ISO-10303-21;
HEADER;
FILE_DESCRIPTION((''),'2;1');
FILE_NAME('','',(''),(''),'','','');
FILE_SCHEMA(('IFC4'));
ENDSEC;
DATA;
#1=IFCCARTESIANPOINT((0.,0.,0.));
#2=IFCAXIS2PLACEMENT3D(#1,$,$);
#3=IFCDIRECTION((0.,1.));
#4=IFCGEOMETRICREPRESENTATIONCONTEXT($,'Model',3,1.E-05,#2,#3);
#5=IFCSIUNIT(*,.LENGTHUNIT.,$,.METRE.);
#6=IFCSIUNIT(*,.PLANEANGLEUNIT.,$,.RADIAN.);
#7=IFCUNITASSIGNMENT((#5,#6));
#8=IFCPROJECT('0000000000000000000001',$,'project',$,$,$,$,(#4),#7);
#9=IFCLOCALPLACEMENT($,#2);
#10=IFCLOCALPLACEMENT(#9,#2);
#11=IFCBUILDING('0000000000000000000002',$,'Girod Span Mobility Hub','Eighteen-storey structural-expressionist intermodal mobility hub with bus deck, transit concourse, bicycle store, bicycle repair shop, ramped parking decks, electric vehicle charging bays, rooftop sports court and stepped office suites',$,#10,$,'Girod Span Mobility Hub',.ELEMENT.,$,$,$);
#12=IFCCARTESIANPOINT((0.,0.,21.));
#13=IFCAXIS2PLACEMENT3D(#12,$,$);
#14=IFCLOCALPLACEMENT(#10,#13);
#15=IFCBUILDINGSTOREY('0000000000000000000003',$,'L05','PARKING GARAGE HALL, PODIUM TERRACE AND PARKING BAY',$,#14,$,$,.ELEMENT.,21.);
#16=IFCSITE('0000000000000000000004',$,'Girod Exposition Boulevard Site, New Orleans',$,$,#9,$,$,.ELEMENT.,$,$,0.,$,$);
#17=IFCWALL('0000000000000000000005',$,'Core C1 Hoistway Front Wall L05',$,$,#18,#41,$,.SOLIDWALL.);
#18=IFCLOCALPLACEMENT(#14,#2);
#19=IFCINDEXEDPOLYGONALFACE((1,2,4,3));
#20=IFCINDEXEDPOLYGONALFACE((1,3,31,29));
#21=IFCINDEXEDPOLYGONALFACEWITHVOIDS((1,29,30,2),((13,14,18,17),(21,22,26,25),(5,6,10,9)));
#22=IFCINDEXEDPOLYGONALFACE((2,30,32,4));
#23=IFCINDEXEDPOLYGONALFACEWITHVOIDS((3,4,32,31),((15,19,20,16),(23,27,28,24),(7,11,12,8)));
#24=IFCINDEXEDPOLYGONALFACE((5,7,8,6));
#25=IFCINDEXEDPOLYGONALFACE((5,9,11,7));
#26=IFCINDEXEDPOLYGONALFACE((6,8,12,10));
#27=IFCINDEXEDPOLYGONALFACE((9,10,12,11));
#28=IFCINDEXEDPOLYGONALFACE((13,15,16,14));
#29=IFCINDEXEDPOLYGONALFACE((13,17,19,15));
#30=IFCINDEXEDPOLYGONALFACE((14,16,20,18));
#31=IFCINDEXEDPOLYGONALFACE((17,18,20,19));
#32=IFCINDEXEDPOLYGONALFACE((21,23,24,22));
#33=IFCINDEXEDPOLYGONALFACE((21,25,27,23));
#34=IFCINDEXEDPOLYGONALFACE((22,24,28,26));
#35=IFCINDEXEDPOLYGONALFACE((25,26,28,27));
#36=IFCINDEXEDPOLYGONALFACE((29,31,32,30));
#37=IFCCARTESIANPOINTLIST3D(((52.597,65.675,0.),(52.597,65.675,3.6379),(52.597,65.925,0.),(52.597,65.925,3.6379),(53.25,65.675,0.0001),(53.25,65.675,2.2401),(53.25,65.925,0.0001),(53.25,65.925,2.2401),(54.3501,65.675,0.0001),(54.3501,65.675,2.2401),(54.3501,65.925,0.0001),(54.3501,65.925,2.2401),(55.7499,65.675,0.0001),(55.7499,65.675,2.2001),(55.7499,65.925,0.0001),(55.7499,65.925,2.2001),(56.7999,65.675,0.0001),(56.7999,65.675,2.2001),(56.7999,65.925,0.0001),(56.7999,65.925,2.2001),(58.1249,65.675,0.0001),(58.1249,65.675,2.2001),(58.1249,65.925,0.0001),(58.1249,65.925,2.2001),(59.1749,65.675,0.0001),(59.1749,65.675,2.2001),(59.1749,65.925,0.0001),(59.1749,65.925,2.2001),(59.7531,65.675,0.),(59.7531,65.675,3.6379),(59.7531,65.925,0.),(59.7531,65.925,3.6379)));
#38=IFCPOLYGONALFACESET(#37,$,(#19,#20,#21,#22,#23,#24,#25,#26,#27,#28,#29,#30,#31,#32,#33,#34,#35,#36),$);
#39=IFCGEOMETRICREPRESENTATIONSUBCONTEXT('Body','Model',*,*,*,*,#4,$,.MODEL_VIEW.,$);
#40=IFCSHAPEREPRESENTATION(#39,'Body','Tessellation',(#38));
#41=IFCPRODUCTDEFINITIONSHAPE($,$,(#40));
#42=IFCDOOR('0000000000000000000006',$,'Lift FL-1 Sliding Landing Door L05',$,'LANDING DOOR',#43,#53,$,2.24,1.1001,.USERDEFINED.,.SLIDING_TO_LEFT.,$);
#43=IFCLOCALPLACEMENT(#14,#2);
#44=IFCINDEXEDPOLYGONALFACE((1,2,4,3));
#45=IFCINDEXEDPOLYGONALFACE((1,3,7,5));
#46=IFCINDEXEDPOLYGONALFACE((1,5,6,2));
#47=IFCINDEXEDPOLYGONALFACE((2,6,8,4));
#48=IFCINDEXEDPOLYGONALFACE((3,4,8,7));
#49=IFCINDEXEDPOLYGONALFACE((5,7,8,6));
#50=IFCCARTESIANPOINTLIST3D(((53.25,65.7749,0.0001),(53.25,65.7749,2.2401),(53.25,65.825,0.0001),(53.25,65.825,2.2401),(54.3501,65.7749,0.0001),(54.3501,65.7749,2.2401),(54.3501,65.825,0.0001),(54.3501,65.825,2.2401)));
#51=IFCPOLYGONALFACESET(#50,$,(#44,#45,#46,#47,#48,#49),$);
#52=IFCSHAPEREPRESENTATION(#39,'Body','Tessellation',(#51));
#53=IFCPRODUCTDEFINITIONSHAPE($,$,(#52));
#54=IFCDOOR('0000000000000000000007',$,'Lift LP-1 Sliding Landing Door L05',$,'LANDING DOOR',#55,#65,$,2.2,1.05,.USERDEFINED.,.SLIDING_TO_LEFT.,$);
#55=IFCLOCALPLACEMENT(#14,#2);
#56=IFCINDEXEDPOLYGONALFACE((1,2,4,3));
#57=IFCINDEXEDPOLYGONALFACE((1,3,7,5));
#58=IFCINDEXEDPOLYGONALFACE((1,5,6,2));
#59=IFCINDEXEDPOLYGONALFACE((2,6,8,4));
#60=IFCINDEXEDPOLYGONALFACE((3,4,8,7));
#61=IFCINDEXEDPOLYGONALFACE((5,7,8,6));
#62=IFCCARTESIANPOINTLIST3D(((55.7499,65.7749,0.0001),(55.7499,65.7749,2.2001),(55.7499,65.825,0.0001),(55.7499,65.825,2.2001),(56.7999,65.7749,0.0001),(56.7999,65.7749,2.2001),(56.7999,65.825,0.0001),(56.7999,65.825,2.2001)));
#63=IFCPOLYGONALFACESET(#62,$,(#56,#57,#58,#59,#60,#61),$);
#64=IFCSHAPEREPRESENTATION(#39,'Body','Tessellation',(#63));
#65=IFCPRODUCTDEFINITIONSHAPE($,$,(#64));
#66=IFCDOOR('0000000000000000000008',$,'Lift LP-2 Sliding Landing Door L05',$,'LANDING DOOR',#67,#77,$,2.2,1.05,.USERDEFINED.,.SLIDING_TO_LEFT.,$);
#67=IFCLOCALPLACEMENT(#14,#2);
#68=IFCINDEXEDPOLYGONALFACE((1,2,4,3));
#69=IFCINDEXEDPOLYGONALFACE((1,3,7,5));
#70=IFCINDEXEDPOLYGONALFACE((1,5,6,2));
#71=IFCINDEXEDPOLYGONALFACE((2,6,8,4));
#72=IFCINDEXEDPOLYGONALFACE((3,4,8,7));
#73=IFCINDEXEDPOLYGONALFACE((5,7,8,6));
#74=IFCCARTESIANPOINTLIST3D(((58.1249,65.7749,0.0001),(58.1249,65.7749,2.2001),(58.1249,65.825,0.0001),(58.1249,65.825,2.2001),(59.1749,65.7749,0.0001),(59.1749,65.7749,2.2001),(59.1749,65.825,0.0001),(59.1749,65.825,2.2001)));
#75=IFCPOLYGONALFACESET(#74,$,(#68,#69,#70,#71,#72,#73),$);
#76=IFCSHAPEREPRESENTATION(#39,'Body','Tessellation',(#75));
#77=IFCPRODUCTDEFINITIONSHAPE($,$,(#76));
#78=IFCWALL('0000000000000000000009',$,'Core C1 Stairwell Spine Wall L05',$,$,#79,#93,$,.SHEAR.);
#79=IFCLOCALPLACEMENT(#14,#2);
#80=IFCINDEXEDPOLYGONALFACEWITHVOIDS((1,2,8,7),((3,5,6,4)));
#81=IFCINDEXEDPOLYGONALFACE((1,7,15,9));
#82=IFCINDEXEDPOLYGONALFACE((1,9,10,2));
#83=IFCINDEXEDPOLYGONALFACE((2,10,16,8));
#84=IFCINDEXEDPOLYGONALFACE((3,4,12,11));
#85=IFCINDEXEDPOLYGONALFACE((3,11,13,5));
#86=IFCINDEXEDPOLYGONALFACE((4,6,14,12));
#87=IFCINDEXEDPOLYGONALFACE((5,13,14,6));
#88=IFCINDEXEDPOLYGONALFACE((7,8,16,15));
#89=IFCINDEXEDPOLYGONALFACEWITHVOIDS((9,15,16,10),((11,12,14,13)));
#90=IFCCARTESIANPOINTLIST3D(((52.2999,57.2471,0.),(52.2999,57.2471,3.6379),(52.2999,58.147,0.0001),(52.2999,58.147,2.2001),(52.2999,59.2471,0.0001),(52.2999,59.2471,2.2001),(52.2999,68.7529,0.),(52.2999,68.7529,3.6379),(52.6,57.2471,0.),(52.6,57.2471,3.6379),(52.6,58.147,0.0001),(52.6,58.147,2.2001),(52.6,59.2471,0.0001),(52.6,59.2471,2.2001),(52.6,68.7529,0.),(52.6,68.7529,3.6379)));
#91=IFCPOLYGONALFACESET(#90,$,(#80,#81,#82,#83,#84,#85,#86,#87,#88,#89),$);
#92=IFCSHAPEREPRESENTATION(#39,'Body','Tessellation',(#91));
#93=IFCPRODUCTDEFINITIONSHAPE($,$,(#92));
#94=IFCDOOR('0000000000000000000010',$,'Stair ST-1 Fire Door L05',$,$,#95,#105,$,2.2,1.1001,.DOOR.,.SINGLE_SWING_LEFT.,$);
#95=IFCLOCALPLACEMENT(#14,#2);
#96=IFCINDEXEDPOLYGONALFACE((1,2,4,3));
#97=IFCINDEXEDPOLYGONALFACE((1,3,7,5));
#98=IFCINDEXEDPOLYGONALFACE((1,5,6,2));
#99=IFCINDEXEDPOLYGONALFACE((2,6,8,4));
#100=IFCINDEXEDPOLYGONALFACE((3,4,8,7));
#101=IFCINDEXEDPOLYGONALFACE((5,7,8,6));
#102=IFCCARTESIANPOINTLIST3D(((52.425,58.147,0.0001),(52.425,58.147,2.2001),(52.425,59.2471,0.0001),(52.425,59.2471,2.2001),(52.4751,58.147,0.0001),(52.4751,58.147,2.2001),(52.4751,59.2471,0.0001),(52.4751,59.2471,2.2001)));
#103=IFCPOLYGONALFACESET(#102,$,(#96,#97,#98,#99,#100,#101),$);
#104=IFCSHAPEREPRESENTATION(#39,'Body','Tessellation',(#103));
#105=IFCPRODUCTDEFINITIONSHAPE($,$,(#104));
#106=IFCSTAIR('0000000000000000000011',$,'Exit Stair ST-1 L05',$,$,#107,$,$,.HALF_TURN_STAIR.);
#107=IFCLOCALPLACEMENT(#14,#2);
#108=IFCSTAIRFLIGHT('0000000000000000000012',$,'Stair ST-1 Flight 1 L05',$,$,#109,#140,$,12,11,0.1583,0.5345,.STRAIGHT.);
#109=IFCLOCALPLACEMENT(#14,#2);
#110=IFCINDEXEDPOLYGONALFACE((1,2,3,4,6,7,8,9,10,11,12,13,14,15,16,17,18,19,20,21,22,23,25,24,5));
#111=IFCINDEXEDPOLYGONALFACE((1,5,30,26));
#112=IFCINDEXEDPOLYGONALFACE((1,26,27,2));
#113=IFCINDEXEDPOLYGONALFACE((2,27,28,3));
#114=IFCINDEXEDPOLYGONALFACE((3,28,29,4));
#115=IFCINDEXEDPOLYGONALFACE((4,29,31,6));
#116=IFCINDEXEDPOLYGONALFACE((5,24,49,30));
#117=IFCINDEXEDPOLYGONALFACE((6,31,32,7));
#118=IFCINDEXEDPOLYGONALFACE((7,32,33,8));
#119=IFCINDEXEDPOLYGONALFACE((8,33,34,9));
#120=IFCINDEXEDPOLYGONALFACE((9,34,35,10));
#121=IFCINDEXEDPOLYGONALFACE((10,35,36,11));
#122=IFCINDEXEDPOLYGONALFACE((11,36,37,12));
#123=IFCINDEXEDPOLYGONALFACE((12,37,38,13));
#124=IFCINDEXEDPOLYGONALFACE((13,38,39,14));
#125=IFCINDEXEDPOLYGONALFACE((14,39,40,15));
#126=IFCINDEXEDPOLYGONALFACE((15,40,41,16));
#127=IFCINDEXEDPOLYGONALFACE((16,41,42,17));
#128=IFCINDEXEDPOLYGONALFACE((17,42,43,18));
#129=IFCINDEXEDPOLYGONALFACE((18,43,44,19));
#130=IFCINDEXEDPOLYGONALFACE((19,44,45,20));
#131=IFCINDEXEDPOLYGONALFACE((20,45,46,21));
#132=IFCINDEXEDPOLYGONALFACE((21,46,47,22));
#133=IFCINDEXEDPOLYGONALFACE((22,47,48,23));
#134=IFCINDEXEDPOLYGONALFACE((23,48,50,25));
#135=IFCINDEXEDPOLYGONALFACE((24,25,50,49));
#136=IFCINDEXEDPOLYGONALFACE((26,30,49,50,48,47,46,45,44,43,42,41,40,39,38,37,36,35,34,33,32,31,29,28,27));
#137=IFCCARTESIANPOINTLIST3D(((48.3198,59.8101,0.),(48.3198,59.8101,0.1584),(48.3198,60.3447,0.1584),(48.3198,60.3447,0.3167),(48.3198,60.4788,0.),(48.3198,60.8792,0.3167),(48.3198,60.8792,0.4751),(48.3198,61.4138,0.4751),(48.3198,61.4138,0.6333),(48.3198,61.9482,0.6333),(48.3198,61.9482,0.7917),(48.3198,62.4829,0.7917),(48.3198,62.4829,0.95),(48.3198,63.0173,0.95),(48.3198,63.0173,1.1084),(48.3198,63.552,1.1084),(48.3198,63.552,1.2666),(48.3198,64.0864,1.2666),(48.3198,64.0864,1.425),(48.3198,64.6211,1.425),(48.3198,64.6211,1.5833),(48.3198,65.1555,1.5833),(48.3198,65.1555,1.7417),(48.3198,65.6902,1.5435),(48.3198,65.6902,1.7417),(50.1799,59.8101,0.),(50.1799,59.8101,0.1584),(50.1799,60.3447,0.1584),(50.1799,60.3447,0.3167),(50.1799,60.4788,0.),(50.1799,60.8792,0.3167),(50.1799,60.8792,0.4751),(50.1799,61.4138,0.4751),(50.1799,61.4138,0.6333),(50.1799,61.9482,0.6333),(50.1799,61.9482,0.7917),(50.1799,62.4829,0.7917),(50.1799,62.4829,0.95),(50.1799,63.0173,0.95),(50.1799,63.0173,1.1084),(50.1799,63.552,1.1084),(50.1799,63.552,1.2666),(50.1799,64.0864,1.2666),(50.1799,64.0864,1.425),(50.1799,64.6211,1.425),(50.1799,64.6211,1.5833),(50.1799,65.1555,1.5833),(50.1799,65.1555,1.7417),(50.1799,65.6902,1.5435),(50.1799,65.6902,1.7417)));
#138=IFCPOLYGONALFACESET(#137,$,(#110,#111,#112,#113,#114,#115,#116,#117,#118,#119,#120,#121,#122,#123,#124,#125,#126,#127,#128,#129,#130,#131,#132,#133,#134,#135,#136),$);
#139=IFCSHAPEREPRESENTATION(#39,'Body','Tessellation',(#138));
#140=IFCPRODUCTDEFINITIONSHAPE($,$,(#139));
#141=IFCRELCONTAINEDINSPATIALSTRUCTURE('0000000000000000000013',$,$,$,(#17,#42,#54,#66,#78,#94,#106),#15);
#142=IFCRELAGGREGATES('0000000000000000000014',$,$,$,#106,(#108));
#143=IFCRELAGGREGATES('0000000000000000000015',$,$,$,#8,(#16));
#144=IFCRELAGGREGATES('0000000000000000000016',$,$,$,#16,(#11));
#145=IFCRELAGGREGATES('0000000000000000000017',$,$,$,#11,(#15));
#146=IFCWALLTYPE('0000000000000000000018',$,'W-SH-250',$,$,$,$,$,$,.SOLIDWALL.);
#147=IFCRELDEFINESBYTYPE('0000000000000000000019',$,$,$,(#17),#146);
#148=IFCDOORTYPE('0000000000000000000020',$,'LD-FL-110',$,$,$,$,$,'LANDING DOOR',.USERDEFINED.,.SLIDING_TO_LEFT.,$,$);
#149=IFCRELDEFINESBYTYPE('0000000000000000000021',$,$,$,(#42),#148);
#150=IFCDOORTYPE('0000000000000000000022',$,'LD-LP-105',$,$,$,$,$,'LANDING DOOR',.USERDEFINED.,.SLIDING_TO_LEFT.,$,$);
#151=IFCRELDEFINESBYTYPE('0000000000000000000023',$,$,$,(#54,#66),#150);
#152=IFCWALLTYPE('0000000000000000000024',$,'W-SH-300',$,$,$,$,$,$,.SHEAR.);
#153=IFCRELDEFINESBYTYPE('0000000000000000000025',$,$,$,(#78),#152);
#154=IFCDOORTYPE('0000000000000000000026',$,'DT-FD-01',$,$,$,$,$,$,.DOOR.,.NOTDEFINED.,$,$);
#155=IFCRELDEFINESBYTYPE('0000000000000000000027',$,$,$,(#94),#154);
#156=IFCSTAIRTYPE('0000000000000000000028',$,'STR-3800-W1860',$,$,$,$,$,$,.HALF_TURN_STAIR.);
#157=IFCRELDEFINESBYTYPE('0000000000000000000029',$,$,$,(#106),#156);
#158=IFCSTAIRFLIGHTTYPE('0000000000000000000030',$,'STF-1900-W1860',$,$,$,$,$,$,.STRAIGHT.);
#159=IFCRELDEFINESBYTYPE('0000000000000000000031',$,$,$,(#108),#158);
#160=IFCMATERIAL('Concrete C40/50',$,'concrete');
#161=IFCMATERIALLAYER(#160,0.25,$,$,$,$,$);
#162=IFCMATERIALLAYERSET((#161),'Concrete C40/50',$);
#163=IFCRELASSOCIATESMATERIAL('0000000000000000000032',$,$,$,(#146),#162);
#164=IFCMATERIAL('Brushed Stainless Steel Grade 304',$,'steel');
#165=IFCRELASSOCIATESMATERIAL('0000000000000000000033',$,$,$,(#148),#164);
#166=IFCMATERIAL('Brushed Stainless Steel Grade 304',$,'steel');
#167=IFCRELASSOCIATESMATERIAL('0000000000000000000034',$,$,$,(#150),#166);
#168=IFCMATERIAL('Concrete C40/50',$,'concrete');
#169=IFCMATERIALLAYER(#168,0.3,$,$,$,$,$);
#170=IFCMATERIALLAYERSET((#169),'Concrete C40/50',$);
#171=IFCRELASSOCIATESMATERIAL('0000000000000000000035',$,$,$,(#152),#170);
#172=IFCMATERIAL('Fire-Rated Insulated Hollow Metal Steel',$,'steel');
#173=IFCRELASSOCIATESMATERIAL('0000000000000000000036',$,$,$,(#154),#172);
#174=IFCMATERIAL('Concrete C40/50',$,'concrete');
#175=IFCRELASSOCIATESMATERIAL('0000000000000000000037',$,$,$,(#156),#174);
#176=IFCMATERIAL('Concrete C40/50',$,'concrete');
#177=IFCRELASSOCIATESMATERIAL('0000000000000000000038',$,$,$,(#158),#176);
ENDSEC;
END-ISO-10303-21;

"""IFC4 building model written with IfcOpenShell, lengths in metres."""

from ifc_helpers import new_model, si_unit, direction, frame, frame_2d, origin, place, context, subcontext, project, spatial, polyline, rectangle, outline, extrude, material, layer, layer_set, type_object, element, fill, aggregate, save


model = new_model("IFC4")

# Units and contexts
model_context = context("Model", 3, precision=1e-05, world=origin(), true_north=direction((0.0, 1.0)))
body_context = subcontext(model_context, "Body", "Model", "MODEL_VIEW")
ifc_project = project(units=[si_unit("LENGTHUNIT", "METRE"), si_unit("PLANEANGLEUNIT", "RADIAN")], contexts=[model_context])

# Site, building, storey
site_placement = place(None, origin())
site = spatial("IfcSite", under=ifc_project, at=site_placement, Name="Girod Exposition Boulevard Site, New Orleans", CompositionType="ELEMENT", RefElevation=0.0)
building_placement = place(site_placement, origin())
building = spatial("IfcBuilding", under=site, at=building_placement, Name="Girod Span Mobility Hub", Description="Eighteen-storey structural-expressionist intermodal mobility hub with bus deck, transit concourse, bicycle store, bicycle repair shop, ramped parking decks, electric vehicle charging bays, rooftop sports court and stepped office suites", LongName="Girod Span Mobility Hub", CompositionType="ELEMENT")
storey_placement = place(building_placement, frame((0.0, 0.0, 21.0)))
storey = spatial("IfcBuildingStorey", under=building, at=storey_placement, Name="L05", Description="PARKING GARAGE HALL, PODIUM TERRACE AND PARKING BAY", CompositionType="ELEMENT", Elevation=21.0)

# Wall, openings, doors
ifc_material_1 = material(Name="Concrete C40/50", Category="concrete")
ifc_layer_1 = layer(ifc_material_1, 0.25)
ifc_layer_set_1 = layer_set([ifc_layer_1], Name="Concrete C40/50")
wall_type_1 = type_object("IfcWallType", Name="W-SH-250", PredefinedType="SOLIDWALL", material=ifc_layer_set_1)
wall_1_placement = place(storey_placement, frame((52.5969, 65.8, 0.0), z_axis=(0.0, 0.0, 1.0), x_axis=(1.0, 0.0, 0.0)))
wall_1 = element("IfcWall", 1, at=wall_1_placement, inside=storey, type_object=wall_type_1, Name="Core C1 Hoistway Front Wall L05", PredefinedType="SOLIDWALL", context=body_context, shape_type="SweptSolid", body=[
    extrude(rectangle(XDim=7.156, YDim=0.25, at=frame_2d((3.5781, 0.0))), origin(), (0.0, 0.0, 1.0), 3.6379),
])
opening_1_placement = place(wall_1_placement, frame((0.6531, 0.0, 0.0)))
opening_1 = element("IfcOpeningElement", 2, at=opening_1_placement, cuts=wall_1, PredefinedType="OPENING", context=body_context, shape_type="SweptSolid", body=[
    extrude(rectangle(XDim=1.1001, YDim=2.24, at=frame_2d((0.55, 1.1201))), frame((0.0, 0.1399, 0.0), z_axis=(0.0, -1.0, 0.0), x_axis=(1.0, 0.0, 0.0)), (0.0, 0.0, 1.0), 0.28),
])
opening_2_placement = place(wall_1_placement, frame((3.1531, 0.0, 0.0)))
opening_2 = element("IfcOpeningElement", 3, at=opening_2_placement, cuts=wall_1, PredefinedType="OPENING", context=body_context, shape_type="SweptSolid", body=[
    extrude(rectangle(XDim=1.05, YDim=2.2, at=frame_2d((0.5249, 1.1001))), frame((0.0, 0.1399, 0.0), z_axis=(0.0, -1.0, 0.0), x_axis=(1.0, 0.0, 0.0)), (0.0, 0.0, 1.0), 0.28),
])
opening_3_placement = place(wall_1_placement, frame((5.5281, 0.0, 0.0)))
opening_3 = element("IfcOpeningElement", 4, at=opening_3_placement, cuts=wall_1, PredefinedType="OPENING", context=body_context, shape_type="SweptSolid", body=[
    extrude(rectangle(XDim=1.05, YDim=2.2, at=frame_2d((0.5249, 1.1001))), frame((0.0, 0.1399, 0.0), z_axis=(0.0, -1.0, 0.0), x_axis=(1.0, 0.0, 0.0)), (0.0, 0.0, 1.0), 0.28),
])
ifc_material_2 = material(Name="Brushed Stainless Steel Grade 304", Category="steel")
door_type_1 = type_object("IfcDoorType", Name="LD-FL-110", ElementType="LANDING DOOR", OperationType="SLIDING_TO_LEFT", PredefinedType="USERDEFINED", material=ifc_material_2)
door_1_placement = place(opening_1_placement, origin())
door_1 = element("IfcDoor", 5, at=door_1_placement, inside=storey, type_object=door_type_1, Name="Lift FL-1 Sliding Landing Door L05", ObjectType="LANDING DOOR", OperationType="SLIDING_TO_LEFT", OverallHeight=2.24, OverallWidth=1.1001, PredefinedType="USERDEFINED", context=body_context, shape_type="SweptSolid", body=[
    extrude(rectangle(XDim=1.1001, YDim=2.24, at=frame_2d((0.55, 1.1201))), frame((0.0, 0.0249, 0.0), z_axis=(0.0, -1.0, 0.0), x_axis=(1.0, 0.0, 0.0)), (0.0, 0.0, 1.0), 0.05),
])
fill(opening_1, door_1)
ifc_material_3 = material(Name="Brushed Stainless Steel Grade 304", Category="steel")
door_type_2 = type_object("IfcDoorType", Name="LD-LP-105", ElementType="LANDING DOOR", OperationType="SLIDING_TO_LEFT", PredefinedType="USERDEFINED", material=ifc_material_3)
door_2_placement = place(opening_2_placement, origin())
door_2 = element("IfcDoor", 6, at=door_2_placement, inside=storey, type_object=door_type_2, Name="Lift LP-1 Sliding Landing Door L05", ObjectType="LANDING DOOR", OperationType="SLIDING_TO_LEFT", OverallHeight=2.2, OverallWidth=1.05, PredefinedType="USERDEFINED", context=body_context, shape_type="SweptSolid", body=[
    extrude(rectangle(XDim=1.05, YDim=2.2, at=frame_2d((0.5249, 1.1001))), frame((0.0, 0.0249, 0.0), z_axis=(0.0, -1.0, 0.0), x_axis=(1.0, 0.0, 0.0)), (0.0, 0.0, 1.0), 0.05),
])
fill(opening_2, door_2)
door_3_placement = place(opening_3_placement, origin())
door_3 = element("IfcDoor", 7, at=door_3_placement, inside=storey, type_object=door_type_2, Name="Lift LP-2 Sliding Landing Door L05", ObjectType="LANDING DOOR", OperationType="SLIDING_TO_LEFT", OverallHeight=2.2, OverallWidth=1.05, PredefinedType="USERDEFINED", context=body_context, shape_type="SweptSolid", body=[
    extrude(rectangle(XDim=1.05, YDim=2.2, at=frame_2d((0.5249, 1.1001))), frame((0.0, 0.0249, 0.0), z_axis=(0.0, -1.0, 0.0), x_axis=(1.0, 0.0, 0.0)), (0.0, 0.0, 1.0), 0.05),
])
fill(opening_3, door_3)

# Wall, opening, door
ifc_material_4 = material(Name="Concrete C40/50", Category="concrete")
ifc_layer_2 = layer(ifc_material_4, 0.3)
ifc_layer_set_2 = layer_set([ifc_layer_2], Name="Concrete C40/50")
wall_type_2 = type_object("IfcWallType", Name="W-SH-300", PredefinedType="SHEAR", material=ifc_layer_set_2)
wall_2_placement = place(storey_placement, frame((52.45, 57.2471, 0.0), z_axis=(0.0, 0.0, 1.0), x_axis=(0.0, 1.0, 0.0)))
wall_2 = element("IfcWall", 8, at=wall_2_placement, inside=storey, type_object=wall_type_2, Name="Core C1 Stairwell Spine Wall L05", PredefinedType="SHEAR", context=body_context, shape_type="SweptSolid", body=[
    extrude(rectangle(XDim=11.5059, YDim=0.3, at=frame_2d((5.7529, 0.0))), origin(), (0.0, 0.0, 1.0), 3.6379),
])
opening_4_placement = place(wall_2_placement, frame((0.8999, 0.0, 0.0)))
opening_4 = element("IfcOpeningElement", 9, at=opening_4_placement, cuts=wall_2, PredefinedType="OPENING", context=body_context, shape_type="SweptSolid", body=[
    extrude(rectangle(XDim=1.1001, YDim=2.2, at=frame_2d((0.55, 1.1001))), frame((0.0, 0.165, 0.0), z_axis=(0.0, -1.0, 0.0), x_axis=(1.0, 0.0, 0.0)), (0.0, 0.0, 1.0), 0.3301),
])
ifc_material_5 = material(Name="Fire-Rated Insulated Hollow Metal Steel", Category="steel")
door_type_3 = type_object("IfcDoorType", Name="DT-FD-01", OperationType="NOTDEFINED", PredefinedType="DOOR", material=ifc_material_5)
door_4_placement = place(opening_4_placement, origin())
door_4 = element("IfcDoor", 10, at=door_4_placement, inside=storey, type_object=door_type_3, Name="Stair ST-1 Fire Door L05", OperationType="SINGLE_SWING_LEFT", OverallHeight=2.2, OverallWidth=1.1001, PredefinedType="DOOR", context=body_context, shape_type="SweptSolid", body=[
    extrude(rectangle(XDim=1.1001, YDim=2.2, at=frame_2d((0.55, 1.1001))), frame((0.0, 0.0249, 0.0), z_axis=(0.0, -1.0, 0.0), x_axis=(1.0, 0.0, 0.0)), (0.0, 0.0, 1.0), 0.05),
])
fill(opening_4, door_4)

# Stair, stair flight
ifc_material_6 = material(Name="Concrete C40/50", Category="concrete")
stair_type = type_object("IfcStairType", Name="STR-3800-W1860", PredefinedType="HALF_TURN_STAIR", material=ifc_material_6)
stair_placement = place(storey_placement, origin())
stair = element("IfcStair", 11, at=stair_placement, inside=storey, type_object=stair_type, Name="Exit Stair ST-1 L05", PredefinedType="HALF_TURN_STAIR")
ifc_material_7 = material(Name="Concrete C40/50", Category="concrete")
stair_flight_type = type_object("IfcStairFlightType", Name="STF-1900-W1860", PredefinedType="STRAIGHT", material=ifc_material_7)
stair_flight_1_placement = place(storey_placement, frame((49.25, 59.8101, 0.0), z_axis=(0.0, 0.0, 1.0), x_axis=(0.0, 1.0, 0.0)))
stair_flight_1 = element("IfcStairFlight", 12, at=stair_flight_1_placement, type_object=stair_flight_type, Name="Stair ST-1 Flight 1 L05", NumberOfRisers=12, NumberOfTreads=11, PredefinedType="STRAIGHT", RiserHeight=0.1583, TreadLength=0.5345, context=body_context, shape_type="SweptSolid", body=[
    extrude(outline(polyline([(0.0, 0.0), (0.0, 0.1584), (0.5347, 0.1584), (0.5347, 0.3167), (1.0691, 0.3167), (1.0691, 0.4751), (1.6038, 0.4751), (1.6038, 0.6333), (2.1382, 0.6333), (2.1382, 0.7917), (2.6729, 0.7917), (2.6729, 0.95), (3.2073, 0.95), (3.2073, 1.1084), (3.7419, 1.1084), (3.7419, 1.2666), (4.2764, 1.2666), (4.2764, 1.425), (4.811, 1.425), (4.811, 1.5833), (5.3455, 1.5833), (5.3455, 1.7417), (5.8801, 1.7417), (5.8801, 1.8999), (5.8801, 1.5435), (0.6687, 0.0), (0.0, 0.0)])), frame((0.0, 0.9302, 0.0), z_axis=(0.0, -1.0, 0.0), x_axis=(1.0, 0.0, 0.0)), (0.0, 0.0, 1.0), 1.8601),
])
aggregate(stair, [stair_flight_1])

save(model, "model.ifc")
